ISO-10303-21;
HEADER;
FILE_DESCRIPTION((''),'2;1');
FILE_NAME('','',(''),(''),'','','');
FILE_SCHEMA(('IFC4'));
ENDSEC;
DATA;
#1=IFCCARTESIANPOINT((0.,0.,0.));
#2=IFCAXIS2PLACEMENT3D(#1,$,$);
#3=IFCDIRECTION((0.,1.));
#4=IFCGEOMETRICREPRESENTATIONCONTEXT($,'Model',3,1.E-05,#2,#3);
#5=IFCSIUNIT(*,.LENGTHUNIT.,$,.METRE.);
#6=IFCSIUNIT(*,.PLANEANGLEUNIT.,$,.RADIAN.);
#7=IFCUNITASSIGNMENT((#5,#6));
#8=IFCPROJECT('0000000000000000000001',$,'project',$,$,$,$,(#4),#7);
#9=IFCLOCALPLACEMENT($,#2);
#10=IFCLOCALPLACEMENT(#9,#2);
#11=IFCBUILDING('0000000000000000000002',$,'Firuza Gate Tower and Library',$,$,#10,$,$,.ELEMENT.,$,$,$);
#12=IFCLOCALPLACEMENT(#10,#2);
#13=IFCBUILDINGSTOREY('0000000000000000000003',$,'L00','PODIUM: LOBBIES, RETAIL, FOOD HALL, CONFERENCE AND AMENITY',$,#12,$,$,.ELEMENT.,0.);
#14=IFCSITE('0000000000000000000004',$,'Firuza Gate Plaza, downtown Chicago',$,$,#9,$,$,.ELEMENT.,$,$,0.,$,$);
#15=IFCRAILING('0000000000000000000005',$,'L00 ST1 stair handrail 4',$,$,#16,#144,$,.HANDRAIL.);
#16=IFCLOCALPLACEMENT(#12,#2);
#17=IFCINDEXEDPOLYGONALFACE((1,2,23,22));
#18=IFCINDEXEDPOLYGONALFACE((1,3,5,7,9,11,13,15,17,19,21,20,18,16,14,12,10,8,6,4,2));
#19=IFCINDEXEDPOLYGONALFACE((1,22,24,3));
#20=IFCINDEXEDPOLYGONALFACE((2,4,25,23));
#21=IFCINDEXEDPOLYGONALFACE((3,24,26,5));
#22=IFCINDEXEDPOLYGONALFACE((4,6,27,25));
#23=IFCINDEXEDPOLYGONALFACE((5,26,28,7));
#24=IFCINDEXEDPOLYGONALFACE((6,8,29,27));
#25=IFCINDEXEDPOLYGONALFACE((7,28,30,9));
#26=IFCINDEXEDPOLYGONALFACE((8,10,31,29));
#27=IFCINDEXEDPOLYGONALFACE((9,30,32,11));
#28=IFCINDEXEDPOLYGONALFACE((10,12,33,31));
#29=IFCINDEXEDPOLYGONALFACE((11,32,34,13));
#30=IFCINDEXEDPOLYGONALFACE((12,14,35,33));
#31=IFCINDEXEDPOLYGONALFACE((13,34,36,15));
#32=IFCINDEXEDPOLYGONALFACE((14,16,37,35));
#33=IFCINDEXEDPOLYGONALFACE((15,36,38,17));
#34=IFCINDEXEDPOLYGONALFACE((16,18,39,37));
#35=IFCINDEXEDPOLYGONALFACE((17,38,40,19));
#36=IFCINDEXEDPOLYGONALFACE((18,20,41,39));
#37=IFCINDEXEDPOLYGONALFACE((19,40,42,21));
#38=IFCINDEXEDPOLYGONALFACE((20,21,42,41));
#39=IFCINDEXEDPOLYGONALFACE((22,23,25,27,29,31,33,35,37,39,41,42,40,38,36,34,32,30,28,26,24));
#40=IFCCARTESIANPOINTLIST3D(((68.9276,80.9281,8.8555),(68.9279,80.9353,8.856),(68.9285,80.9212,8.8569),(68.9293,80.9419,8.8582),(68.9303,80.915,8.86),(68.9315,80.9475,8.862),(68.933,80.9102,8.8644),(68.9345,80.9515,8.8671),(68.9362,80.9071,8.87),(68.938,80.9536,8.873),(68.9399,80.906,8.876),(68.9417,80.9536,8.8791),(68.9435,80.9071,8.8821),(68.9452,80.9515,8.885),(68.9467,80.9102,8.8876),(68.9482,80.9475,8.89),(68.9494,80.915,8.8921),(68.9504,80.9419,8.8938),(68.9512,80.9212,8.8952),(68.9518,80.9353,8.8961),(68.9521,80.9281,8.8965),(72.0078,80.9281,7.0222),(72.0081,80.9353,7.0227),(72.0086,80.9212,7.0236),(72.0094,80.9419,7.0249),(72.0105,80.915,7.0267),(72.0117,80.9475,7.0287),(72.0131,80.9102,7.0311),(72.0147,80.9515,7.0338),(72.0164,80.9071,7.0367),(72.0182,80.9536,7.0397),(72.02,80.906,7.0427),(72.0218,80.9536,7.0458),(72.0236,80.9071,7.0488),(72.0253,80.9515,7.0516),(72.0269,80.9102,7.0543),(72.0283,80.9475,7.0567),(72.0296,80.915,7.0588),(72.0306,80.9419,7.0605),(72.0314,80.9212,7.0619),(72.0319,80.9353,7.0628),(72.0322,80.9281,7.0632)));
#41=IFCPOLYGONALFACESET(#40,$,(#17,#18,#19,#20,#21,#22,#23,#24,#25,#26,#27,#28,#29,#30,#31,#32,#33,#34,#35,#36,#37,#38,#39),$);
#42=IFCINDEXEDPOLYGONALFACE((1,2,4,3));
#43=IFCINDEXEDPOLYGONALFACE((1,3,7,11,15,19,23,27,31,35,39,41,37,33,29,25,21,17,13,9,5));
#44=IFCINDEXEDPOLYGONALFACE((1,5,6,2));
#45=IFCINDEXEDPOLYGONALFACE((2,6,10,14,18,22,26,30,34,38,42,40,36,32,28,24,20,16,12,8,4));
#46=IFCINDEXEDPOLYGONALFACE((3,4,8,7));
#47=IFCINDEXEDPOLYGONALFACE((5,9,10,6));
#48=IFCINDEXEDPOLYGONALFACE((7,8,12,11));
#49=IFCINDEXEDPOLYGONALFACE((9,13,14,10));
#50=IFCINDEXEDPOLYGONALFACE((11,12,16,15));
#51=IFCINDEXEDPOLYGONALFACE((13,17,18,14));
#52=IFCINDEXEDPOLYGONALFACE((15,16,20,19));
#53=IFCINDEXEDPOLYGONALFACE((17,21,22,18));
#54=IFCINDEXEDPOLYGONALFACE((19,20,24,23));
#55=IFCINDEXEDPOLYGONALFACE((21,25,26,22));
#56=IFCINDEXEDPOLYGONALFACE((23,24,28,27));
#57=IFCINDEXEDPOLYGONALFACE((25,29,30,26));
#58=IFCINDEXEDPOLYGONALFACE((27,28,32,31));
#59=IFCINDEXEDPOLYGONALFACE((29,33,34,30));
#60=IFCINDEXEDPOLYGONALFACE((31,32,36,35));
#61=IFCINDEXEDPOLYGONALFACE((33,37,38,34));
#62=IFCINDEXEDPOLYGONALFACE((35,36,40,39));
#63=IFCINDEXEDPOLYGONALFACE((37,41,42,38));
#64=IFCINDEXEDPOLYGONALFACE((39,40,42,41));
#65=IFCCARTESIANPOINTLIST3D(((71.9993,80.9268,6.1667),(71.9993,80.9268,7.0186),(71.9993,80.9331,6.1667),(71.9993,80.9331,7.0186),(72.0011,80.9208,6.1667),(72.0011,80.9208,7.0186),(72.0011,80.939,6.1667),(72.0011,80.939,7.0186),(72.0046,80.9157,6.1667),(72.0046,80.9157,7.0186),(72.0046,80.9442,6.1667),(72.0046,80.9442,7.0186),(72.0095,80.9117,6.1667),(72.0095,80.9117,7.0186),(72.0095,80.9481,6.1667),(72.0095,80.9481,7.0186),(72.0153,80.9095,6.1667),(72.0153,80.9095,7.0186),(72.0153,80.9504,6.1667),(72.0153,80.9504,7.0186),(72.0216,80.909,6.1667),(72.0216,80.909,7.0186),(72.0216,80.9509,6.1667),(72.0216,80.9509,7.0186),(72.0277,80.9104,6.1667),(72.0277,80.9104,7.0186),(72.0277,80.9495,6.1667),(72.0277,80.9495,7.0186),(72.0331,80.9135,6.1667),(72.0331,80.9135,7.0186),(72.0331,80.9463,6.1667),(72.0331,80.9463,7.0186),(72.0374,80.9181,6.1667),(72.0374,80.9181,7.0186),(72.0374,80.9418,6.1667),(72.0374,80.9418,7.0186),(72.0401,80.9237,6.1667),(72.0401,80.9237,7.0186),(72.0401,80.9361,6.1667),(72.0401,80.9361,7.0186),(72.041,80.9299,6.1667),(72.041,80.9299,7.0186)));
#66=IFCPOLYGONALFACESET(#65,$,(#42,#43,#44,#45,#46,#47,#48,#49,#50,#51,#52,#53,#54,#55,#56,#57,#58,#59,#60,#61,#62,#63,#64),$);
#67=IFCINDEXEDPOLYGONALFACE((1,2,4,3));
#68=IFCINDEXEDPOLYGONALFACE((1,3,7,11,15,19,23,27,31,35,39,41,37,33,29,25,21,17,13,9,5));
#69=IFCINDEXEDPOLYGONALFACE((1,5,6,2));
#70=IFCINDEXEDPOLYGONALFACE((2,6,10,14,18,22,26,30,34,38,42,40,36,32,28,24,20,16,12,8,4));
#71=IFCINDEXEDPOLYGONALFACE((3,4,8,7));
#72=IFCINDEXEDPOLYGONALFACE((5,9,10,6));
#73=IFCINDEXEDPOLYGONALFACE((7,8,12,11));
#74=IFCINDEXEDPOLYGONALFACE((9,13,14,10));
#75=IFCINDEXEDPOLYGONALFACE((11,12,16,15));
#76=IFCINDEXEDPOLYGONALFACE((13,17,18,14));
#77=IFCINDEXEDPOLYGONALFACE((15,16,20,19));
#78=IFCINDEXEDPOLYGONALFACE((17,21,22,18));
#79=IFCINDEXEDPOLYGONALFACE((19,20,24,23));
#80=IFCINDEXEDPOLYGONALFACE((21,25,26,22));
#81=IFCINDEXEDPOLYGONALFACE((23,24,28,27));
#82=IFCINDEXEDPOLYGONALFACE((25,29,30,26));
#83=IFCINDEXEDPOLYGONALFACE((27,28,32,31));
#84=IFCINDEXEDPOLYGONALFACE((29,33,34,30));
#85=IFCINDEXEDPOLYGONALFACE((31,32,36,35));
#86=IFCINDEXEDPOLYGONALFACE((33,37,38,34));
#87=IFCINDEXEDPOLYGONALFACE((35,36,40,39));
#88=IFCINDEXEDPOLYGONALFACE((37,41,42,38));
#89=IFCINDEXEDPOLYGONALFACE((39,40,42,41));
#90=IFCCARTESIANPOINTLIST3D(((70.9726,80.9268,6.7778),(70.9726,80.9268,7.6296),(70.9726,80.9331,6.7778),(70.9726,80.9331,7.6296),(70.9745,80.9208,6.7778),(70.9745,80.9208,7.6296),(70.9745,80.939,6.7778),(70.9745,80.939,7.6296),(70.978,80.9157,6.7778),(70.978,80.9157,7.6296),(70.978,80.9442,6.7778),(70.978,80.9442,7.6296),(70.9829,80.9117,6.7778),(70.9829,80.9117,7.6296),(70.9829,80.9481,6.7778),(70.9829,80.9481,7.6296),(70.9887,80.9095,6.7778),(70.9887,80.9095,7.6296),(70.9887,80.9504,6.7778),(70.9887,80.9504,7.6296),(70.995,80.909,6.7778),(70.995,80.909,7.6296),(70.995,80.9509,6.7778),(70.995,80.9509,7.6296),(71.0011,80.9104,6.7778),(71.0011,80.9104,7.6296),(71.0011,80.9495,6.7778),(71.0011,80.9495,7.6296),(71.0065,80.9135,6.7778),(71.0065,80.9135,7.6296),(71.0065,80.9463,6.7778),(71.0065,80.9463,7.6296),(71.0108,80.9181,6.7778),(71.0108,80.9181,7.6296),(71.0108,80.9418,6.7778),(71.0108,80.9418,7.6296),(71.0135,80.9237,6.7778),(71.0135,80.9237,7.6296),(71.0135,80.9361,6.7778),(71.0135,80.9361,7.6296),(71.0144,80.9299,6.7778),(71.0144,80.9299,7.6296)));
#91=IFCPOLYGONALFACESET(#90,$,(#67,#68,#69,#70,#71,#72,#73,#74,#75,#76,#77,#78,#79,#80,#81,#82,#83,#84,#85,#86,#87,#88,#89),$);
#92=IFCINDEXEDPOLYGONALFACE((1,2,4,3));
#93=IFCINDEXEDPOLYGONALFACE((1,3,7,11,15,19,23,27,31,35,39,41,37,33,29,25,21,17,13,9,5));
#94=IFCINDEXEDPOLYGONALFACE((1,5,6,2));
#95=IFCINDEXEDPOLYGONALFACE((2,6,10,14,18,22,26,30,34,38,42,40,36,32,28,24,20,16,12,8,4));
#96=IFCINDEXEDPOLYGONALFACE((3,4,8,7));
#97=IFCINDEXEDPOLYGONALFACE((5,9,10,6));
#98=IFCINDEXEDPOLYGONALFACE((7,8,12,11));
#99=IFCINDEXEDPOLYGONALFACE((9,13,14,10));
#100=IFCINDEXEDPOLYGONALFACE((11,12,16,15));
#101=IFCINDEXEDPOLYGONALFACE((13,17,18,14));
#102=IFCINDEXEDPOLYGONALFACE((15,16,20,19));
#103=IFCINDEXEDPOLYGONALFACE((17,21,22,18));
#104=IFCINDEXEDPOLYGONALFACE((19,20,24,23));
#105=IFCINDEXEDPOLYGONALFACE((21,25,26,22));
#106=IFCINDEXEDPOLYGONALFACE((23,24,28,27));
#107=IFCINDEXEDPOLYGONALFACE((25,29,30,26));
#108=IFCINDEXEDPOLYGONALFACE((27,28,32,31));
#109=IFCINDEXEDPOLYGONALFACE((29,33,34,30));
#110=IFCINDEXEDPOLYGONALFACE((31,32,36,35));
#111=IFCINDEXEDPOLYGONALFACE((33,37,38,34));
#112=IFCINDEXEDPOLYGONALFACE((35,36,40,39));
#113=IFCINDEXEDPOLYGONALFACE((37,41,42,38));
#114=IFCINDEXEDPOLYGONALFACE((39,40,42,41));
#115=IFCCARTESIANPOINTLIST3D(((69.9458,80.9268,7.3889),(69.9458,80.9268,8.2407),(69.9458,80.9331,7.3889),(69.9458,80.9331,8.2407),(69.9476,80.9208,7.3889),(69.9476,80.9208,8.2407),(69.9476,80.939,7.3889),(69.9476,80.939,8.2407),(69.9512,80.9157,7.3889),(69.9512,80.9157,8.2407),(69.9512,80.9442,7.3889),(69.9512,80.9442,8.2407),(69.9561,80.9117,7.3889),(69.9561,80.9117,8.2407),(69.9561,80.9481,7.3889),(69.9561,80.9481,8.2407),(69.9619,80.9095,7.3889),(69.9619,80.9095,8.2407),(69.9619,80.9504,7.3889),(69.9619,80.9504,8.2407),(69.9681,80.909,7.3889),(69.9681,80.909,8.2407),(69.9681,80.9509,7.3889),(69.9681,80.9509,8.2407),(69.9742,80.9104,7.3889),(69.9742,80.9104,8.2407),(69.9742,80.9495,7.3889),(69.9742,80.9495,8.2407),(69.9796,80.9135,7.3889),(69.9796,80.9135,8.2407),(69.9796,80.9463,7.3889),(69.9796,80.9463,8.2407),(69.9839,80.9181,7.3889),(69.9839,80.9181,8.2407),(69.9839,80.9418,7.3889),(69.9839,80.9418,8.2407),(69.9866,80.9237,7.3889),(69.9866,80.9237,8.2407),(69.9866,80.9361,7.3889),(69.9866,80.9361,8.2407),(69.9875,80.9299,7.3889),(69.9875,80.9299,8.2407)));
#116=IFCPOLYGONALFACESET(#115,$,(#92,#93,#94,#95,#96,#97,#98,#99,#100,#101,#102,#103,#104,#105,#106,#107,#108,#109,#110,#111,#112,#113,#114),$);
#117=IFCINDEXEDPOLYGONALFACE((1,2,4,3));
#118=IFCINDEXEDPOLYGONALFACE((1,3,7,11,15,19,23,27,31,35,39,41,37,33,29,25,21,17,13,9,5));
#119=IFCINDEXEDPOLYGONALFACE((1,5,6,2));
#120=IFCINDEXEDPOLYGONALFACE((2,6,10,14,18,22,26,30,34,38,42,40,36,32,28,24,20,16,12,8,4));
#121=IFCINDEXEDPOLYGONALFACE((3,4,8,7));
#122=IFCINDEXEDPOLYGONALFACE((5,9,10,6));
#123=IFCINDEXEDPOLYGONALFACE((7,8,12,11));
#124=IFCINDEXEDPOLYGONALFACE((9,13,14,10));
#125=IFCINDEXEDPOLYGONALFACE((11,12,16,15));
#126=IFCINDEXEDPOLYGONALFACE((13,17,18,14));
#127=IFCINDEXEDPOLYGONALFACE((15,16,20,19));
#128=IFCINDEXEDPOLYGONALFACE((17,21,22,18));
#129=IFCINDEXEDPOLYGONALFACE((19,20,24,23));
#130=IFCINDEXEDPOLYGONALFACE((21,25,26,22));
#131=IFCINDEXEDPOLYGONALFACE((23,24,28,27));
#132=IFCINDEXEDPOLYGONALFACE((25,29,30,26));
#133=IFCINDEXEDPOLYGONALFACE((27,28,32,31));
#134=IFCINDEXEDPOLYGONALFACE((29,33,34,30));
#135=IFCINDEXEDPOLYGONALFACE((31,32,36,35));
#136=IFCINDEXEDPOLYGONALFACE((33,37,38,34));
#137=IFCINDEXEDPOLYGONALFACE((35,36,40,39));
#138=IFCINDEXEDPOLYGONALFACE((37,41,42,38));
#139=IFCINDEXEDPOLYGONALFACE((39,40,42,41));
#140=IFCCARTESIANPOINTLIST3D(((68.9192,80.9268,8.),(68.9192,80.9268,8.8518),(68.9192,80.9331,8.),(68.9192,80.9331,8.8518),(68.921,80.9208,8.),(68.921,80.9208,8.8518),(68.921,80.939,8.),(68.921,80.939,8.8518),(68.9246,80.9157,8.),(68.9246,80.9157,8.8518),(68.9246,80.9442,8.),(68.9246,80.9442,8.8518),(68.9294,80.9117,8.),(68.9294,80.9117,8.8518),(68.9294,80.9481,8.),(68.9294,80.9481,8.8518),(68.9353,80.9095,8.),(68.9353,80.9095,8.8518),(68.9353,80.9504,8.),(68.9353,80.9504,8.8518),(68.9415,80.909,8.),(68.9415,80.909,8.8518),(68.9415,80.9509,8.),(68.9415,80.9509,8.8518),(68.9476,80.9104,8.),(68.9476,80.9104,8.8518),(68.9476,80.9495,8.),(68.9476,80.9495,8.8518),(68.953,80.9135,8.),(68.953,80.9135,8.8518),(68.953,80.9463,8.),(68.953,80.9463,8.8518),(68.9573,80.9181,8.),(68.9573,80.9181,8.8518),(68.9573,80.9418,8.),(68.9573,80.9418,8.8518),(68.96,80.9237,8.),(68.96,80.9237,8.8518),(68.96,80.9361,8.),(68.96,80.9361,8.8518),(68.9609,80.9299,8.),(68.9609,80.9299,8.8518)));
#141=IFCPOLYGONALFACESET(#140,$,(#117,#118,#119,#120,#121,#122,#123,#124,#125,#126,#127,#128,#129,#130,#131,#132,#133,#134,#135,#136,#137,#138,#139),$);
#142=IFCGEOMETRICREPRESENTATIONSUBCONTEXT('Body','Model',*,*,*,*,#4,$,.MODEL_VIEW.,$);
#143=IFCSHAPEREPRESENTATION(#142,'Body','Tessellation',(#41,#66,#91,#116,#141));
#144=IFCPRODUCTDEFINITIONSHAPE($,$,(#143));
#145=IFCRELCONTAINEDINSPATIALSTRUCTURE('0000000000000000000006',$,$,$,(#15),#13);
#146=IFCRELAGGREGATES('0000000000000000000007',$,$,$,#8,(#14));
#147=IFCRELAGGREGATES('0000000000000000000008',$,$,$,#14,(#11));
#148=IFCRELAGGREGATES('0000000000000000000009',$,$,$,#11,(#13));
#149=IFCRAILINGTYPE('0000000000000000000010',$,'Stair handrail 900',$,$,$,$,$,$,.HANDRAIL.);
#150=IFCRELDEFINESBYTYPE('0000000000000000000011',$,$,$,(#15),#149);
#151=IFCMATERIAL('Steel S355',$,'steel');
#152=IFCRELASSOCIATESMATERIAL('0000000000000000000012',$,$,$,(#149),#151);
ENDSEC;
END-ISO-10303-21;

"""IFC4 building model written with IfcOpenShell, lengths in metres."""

from ifc_helpers import new_model, si_unit, direction, frame, origin, origin_2d, place, context, subcontext, project, spatial, circle, extrude, material, type_object, element, save


model = new_model("IFC4")

# Units and contexts
model_context = context("Model", 3, precision=1e-05, world=origin(), true_north=direction((0.0, 1.0)))
body_context = subcontext(model_context, "Body", "Model", "MODEL_VIEW")
ifc_project = project(units=[si_unit("LENGTHUNIT", "METRE"), si_unit("PLANEANGLEUNIT", "RADIAN")], contexts=[model_context])

# Site, building, storey
site_placement = place(None, origin())
site = spatial("IfcSite", under=ifc_project, at=site_placement, Name="Firuza Gate Plaza, downtown Chicago", CompositionType="ELEMENT", RefElevation=0.0)
building_placement = place(site_placement, origin())
building = spatial("IfcBuilding", under=site, at=building_placement, Name="Firuza Gate Tower and Library", CompositionType="ELEMENT")
storey_placement = place(building_placement, origin())
storey = spatial("IfcBuildingStorey", under=building, at=storey_placement, Name="L00", Description="PODIUM: LOBBIES, RETAIL, FOOD HALL, CONFERENCE AND AMENITY", CompositionType="ELEMENT", Elevation=0.0)

# Railing
ifc_material_1 = material(Name="Steel S355", Category="steel")
railing_type_1 = type_object("IfcRailingType", Name="Stair handrail 900", PredefinedType="HANDRAIL", material=ifc_material_1)
railing_1_placement = place(storey_placement, frame((72.02, 80.9299, 6.1667)))
element("IfcRailing", 1, at=railing_1_placement, inside=storey, type_object=railing_type_1, Name="L00 ST1 stair handrail 4", PredefinedType="HANDRAIL", context=body_context, shape_type="SweptSolid", body=[
    extrude(circle(Radius=0.0239, at=origin_2d()), frame((0.0, 0.0, 0.876), z_axis=(-0.859309, 0.0, 0.511458), x_axis=(0.0, -1.0, 0.0)), (0.0, 0.0, 1.0), 3.5845),
    extrude(circle(Radius=0.021, at=origin_2d()), origin(), (0.0, 0.0, 1.0), 0.8518),
    extrude(circle(Radius=0.021, at=origin_2d()), frame((-1.0266, 0.0, 0.6111)), (0.0, 0.0, 1.0), 0.8518),
    extrude(circle(Radius=0.021, at=origin_2d()), frame((-2.0535, 0.0, 1.2222)), (0.0, 0.0, 1.0), 0.8518),
    extrude(circle(Radius=0.021, at=origin_2d()), frame((-3.0801, 0.0, 1.8333)), (0.0, 0.0, 1.0), 0.8518),
])

save(model, "model.ifc")
